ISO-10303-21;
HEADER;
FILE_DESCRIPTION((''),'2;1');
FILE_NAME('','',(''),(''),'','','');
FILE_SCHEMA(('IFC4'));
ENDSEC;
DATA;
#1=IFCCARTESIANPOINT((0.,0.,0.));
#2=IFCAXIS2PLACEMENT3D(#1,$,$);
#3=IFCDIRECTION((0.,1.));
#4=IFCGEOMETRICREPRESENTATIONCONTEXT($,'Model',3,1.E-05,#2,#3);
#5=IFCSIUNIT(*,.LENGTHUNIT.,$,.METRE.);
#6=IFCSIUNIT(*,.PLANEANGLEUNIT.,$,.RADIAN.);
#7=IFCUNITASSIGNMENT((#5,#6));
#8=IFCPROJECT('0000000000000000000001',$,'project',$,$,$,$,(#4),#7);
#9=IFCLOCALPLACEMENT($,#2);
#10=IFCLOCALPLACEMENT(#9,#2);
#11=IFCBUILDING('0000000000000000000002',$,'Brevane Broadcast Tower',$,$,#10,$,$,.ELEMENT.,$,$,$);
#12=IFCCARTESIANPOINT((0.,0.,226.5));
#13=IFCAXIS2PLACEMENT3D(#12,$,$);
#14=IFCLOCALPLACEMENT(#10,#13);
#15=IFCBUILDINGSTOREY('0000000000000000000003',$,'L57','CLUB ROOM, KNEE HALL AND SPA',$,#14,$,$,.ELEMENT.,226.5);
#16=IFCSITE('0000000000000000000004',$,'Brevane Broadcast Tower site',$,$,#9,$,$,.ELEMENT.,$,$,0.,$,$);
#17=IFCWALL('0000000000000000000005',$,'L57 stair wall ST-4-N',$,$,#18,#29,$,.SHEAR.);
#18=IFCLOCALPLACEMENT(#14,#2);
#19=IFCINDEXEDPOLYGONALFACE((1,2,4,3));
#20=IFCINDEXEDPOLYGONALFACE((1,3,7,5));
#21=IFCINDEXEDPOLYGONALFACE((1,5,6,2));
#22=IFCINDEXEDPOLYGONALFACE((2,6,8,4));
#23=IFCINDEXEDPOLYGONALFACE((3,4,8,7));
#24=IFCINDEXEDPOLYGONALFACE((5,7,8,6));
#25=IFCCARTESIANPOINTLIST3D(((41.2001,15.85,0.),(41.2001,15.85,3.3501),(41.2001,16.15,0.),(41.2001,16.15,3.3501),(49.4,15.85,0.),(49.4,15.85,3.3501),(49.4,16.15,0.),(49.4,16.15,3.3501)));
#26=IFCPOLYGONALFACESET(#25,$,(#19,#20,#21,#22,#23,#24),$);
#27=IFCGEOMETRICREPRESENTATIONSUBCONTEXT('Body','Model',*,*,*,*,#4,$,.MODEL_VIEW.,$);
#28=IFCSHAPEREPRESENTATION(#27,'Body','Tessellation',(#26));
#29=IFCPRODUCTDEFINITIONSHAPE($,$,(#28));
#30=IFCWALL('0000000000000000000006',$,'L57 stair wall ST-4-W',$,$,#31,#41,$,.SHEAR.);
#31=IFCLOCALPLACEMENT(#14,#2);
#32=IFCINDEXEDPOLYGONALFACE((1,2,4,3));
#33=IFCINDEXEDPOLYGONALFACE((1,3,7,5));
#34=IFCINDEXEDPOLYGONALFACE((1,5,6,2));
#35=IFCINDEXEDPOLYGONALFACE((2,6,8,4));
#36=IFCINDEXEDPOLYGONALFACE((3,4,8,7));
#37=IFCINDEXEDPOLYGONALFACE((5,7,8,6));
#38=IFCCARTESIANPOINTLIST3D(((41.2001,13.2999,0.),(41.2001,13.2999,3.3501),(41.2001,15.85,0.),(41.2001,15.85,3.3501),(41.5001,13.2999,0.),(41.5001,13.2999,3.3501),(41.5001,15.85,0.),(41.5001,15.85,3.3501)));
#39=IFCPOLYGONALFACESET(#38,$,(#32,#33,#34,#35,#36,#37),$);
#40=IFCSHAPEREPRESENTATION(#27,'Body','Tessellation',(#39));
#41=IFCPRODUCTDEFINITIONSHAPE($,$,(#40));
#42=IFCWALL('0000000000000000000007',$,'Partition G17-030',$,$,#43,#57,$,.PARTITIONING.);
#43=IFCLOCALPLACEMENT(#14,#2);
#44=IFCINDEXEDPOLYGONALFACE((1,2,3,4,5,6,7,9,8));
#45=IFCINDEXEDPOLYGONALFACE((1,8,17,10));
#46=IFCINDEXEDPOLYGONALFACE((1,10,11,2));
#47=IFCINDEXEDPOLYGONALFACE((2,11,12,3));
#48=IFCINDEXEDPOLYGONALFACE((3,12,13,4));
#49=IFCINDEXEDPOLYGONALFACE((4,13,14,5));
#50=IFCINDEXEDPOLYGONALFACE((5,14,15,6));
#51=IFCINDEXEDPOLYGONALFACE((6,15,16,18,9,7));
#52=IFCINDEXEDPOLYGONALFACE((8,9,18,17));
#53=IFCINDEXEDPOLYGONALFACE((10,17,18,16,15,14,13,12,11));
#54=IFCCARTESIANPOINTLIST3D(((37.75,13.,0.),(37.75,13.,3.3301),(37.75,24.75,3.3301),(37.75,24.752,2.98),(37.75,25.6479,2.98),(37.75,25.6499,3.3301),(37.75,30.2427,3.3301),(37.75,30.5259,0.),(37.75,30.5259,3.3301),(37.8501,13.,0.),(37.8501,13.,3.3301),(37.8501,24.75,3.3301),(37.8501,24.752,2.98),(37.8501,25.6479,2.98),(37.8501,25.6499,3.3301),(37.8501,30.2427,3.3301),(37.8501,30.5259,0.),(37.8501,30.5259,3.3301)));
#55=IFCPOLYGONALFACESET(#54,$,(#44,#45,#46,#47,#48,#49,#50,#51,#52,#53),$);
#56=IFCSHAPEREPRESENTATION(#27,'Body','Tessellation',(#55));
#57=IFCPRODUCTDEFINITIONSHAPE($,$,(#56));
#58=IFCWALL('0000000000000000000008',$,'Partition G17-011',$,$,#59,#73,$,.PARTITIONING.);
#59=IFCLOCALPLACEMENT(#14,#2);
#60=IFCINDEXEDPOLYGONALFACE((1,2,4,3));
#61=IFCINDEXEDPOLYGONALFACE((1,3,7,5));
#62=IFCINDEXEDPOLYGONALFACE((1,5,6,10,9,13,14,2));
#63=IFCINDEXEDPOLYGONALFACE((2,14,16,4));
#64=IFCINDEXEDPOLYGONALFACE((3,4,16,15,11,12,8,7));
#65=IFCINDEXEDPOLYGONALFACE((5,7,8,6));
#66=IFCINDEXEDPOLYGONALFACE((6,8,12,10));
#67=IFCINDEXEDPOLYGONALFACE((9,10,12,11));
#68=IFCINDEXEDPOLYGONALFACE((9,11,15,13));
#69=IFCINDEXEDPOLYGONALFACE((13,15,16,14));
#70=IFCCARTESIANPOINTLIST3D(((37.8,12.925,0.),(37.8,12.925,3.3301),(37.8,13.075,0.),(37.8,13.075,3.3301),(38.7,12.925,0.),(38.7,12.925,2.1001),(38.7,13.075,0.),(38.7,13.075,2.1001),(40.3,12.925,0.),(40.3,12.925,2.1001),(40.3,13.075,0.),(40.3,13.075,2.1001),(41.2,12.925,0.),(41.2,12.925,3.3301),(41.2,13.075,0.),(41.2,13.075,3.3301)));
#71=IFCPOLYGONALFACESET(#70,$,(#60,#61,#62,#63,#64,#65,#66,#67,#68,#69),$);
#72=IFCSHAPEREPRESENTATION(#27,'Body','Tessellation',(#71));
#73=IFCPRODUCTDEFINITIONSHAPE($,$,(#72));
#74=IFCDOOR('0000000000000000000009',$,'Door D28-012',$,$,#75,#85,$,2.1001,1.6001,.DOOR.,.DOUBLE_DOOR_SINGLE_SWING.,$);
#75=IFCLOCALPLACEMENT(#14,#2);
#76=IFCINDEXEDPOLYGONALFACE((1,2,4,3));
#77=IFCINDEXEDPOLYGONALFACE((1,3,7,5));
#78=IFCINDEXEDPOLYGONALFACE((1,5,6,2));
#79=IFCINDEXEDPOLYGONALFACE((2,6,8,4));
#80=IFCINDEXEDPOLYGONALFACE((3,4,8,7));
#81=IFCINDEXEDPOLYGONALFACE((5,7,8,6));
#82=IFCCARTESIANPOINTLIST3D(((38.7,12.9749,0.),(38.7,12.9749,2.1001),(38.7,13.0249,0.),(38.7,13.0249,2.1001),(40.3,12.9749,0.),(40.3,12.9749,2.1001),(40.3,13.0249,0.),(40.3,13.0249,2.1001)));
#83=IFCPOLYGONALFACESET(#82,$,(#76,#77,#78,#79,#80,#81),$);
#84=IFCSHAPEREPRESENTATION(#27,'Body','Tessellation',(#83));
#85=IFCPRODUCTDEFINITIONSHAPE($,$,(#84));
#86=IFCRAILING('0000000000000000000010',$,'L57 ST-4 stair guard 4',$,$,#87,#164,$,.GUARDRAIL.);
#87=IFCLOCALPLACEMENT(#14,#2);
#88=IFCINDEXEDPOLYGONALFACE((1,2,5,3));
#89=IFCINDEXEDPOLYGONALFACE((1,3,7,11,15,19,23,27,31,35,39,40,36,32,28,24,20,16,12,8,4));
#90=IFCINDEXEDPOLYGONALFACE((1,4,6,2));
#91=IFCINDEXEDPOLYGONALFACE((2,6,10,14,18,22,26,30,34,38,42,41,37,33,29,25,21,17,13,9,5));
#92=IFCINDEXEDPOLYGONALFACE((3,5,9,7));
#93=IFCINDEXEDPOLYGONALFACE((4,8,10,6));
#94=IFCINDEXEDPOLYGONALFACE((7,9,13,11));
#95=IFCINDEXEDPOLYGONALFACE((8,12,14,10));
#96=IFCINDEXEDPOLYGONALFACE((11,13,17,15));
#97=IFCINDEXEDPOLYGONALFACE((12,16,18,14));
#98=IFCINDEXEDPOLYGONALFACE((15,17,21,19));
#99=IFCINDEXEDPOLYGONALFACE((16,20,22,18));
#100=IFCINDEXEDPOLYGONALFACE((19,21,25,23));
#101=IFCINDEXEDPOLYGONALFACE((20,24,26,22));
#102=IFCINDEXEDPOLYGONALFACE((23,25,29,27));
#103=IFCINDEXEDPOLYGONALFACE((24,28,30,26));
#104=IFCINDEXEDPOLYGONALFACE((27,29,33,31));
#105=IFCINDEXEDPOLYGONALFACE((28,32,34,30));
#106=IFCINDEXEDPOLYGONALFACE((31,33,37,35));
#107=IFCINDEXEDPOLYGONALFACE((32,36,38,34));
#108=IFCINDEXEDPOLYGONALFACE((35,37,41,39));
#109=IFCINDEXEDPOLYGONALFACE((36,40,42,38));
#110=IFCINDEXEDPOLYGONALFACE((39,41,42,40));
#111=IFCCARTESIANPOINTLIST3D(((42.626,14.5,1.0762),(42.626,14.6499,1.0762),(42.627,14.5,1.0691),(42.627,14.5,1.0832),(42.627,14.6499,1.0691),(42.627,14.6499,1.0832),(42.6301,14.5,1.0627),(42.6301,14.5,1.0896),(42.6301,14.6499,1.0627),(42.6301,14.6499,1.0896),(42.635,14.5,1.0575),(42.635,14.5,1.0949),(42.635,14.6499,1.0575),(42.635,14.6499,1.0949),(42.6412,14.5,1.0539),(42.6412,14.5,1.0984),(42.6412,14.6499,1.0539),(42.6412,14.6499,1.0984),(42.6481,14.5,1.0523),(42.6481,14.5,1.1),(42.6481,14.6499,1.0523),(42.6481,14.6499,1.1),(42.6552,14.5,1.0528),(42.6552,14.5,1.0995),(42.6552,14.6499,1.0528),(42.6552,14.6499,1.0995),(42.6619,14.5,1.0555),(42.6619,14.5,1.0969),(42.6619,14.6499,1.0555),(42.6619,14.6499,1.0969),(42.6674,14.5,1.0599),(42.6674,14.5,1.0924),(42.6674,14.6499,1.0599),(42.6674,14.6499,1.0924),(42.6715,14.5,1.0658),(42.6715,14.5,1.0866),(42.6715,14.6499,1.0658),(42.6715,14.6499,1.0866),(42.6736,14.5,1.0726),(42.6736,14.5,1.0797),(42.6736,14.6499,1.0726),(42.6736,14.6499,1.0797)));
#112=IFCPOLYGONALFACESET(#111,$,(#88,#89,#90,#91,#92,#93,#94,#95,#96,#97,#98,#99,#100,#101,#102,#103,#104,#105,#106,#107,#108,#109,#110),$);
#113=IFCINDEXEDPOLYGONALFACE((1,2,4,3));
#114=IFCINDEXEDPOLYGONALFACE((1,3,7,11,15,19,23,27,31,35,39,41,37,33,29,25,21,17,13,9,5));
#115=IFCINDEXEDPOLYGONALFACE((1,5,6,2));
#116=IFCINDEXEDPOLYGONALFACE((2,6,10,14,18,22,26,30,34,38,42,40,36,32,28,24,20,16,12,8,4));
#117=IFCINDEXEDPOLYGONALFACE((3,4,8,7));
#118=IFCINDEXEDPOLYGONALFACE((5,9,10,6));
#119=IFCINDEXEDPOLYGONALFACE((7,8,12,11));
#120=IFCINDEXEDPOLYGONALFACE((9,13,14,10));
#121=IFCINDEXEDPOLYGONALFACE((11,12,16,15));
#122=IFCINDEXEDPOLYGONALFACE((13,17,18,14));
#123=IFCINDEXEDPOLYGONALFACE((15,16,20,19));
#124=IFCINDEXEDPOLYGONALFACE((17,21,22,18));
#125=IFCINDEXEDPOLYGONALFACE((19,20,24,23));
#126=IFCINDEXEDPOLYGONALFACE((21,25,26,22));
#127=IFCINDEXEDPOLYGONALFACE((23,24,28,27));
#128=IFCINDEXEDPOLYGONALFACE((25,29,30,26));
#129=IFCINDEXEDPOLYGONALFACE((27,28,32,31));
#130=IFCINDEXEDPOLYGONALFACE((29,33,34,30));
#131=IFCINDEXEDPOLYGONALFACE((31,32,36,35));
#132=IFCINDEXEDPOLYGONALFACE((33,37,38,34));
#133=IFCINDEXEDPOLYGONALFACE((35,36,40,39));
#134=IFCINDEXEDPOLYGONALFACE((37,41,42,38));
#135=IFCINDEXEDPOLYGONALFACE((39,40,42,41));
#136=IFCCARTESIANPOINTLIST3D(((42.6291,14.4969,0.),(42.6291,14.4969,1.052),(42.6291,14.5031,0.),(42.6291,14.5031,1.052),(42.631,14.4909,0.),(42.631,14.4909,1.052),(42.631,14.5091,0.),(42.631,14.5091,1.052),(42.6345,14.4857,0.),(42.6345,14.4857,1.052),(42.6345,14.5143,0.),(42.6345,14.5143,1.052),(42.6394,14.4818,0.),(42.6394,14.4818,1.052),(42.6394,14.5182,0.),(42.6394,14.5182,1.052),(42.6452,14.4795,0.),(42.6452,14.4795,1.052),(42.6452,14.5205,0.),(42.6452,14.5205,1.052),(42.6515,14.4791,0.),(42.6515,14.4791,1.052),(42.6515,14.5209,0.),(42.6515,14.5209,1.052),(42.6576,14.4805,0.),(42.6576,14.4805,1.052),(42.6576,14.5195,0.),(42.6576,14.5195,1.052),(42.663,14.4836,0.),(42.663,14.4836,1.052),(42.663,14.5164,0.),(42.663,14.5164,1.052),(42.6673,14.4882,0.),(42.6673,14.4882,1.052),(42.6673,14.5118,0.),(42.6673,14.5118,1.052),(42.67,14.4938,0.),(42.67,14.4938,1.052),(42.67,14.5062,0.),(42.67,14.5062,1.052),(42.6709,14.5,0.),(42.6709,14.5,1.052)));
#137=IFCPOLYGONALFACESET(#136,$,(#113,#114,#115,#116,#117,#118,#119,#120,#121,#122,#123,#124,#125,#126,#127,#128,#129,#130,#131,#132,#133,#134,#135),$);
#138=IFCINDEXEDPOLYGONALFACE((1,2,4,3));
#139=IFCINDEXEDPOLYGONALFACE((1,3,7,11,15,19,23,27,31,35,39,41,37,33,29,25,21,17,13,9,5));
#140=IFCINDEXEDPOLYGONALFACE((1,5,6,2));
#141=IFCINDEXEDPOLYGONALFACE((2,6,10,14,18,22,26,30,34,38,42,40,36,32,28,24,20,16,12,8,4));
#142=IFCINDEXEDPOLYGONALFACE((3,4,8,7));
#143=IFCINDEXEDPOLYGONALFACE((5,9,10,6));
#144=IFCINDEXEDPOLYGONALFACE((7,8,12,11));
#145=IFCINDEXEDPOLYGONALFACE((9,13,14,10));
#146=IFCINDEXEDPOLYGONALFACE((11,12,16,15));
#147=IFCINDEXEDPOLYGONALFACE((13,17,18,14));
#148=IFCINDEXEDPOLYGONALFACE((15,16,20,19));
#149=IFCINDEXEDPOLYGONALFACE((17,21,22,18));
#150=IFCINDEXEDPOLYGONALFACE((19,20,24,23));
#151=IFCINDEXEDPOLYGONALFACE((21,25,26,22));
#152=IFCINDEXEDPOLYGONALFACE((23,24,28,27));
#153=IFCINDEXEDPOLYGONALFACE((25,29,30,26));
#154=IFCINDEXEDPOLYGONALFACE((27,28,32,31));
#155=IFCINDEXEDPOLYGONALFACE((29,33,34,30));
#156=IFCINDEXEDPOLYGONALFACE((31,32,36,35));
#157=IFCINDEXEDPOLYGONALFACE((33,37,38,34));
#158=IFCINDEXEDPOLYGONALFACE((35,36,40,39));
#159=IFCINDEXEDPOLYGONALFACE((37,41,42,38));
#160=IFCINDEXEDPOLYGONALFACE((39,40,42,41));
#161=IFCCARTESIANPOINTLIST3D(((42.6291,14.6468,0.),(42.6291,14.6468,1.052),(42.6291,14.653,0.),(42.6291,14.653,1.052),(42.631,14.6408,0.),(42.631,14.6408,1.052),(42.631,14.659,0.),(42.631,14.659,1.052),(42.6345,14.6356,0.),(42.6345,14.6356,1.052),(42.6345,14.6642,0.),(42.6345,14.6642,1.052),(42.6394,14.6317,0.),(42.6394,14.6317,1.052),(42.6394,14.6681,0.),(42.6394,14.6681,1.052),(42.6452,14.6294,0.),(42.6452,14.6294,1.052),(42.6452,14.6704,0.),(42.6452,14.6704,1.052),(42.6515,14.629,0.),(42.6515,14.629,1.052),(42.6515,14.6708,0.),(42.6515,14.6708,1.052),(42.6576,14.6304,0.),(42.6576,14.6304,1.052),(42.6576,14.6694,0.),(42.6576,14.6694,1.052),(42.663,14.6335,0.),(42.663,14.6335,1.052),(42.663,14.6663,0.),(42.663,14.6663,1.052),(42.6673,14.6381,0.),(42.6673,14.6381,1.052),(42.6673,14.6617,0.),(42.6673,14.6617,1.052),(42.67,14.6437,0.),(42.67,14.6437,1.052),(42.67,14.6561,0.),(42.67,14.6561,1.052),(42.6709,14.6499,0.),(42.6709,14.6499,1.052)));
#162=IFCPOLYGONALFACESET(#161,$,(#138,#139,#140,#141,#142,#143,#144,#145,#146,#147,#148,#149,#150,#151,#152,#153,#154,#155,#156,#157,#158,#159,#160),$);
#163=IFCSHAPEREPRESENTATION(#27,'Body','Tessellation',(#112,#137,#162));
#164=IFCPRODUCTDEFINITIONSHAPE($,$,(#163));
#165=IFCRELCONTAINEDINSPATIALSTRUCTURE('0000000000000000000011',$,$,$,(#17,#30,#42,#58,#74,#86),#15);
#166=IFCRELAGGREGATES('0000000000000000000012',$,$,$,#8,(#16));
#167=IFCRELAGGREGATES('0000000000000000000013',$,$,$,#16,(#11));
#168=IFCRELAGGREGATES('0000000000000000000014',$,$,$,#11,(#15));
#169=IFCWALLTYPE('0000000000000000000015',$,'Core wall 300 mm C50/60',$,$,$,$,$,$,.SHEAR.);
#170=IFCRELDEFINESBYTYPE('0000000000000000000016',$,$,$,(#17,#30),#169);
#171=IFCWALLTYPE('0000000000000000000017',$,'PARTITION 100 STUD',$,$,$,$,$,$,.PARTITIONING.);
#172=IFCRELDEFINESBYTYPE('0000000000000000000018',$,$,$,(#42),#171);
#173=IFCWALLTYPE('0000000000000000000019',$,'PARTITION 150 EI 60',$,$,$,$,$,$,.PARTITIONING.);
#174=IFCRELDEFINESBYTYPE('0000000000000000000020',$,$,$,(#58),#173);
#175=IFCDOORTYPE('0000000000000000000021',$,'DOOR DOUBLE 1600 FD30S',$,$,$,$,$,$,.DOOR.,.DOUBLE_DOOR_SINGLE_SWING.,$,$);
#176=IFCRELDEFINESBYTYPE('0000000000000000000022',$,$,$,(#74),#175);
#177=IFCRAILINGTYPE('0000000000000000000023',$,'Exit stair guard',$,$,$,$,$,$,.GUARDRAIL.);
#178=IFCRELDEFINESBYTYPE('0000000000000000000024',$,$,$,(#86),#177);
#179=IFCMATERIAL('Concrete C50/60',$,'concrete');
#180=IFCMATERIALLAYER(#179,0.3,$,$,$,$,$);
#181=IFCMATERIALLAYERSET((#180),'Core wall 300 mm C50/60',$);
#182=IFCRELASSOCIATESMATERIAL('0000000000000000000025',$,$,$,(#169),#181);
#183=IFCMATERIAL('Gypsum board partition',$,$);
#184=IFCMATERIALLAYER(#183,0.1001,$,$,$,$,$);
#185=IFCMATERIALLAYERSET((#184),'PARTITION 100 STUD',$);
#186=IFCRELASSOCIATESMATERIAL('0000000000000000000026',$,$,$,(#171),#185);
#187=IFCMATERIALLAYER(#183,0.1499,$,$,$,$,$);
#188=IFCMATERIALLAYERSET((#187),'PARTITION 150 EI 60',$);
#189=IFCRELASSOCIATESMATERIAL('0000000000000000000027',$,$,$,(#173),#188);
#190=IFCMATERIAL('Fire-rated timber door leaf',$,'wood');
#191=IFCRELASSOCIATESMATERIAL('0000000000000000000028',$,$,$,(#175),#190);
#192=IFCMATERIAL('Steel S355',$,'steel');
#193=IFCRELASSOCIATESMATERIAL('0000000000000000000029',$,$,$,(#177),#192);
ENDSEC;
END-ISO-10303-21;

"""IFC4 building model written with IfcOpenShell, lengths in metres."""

from ifc_helpers import new_model, si_unit, direction, frame, frame_2d, origin, origin_2d, place, context, subcontext, project, spatial, polyline, rectangle, circle, outline, extrude, material, layer, layer_set, type_object, element, fill, save


model = new_model("IFC4")

# Units and contexts
model_context = context("Model", 3, precision=1e-05, world=origin(), true_north=direction((0.0, 1.0)))
body_context = subcontext(model_context, "Body", "Model", "MODEL_VIEW")
ifc_project = project(units=[si_unit("LENGTHUNIT", "METRE"), si_unit("PLANEANGLEUNIT", "RADIAN")], contexts=[model_context])

# Site, building, storey
site_placement = place(None, origin())
site = spatial("IfcSite", under=ifc_project, at=site_placement, Name="Brevane Broadcast Tower site", CompositionType="ELEMENT", RefElevation=0.0)
building_placement = place(site_placement, origin())
building = spatial("IfcBuilding", under=site, at=building_placement, Name="Brevane Broadcast Tower", CompositionType="ELEMENT")
storey_placement = place(building_placement, frame((0.0, 0.0, 226.5)))
storey = spatial("IfcBuildingStorey", under=building, at=storey_placement, Name="L57", Description="CLUB ROOM, KNEE HALL AND SPA", CompositionType="ELEMENT", Elevation=226.5)

# Shared definitions
ifc_material_1 = material(Name="Concrete C50/60", Category="concrete")

# Walls
ifc_layer_1 = layer(ifc_material_1, 0.3)
ifc_layer_set_1 = layer_set([ifc_layer_1], Name="Core wall 300 mm C50/60")
wall_type_1 = type_object("IfcWallType", Name="Core wall 300 mm C50/60", PredefinedType="SHEAR", material=ifc_layer_set_1)
wall_1_placement = place(storey_placement, frame((41.2, 16.0, 0.0), z_axis=(0.0, 0.0, 1.0), x_axis=(1.0, 0.0, 0.0)))
element("IfcWall", 1, at=wall_1_placement, inside=storey, type_object=wall_type_1, Name="L57 stair wall ST-4-N", PredefinedType="SHEAR", context=body_context, shape_type="SweptSolid", body=[
    extrude(rectangle(XDim=8.2, YDim=0.3, at=frame_2d((4.1001, 0.0))), origin(), (0.0, 0.0, 1.0), 3.3501),
])
wall_2_placement = place(storey_placement, frame((41.3501, 13.3, 0.0), z_axis=(0.0, 0.0, 1.0), x_axis=(0.0, 1.0, 0.0)))
element("IfcWall", 2, at=wall_2_placement, inside=storey, type_object=wall_type_1, Name="L57 stair wall ST-4-W", PredefinedType="SHEAR", context=body_context, shape_type="SweptSolid", body=[
    extrude(rectangle(XDim=2.55, YDim=0.3, at=frame_2d((1.2749, 0.0))), origin(), (0.0, 0.0, 1.0), 3.3501),
])
ifc_material_2 = material(Name="Gypsum board partition")
ifc_layer_2 = layer(ifc_material_2, 0.1001)
ifc_layer_set_2 = layer_set([ifc_layer_2], Name="PARTITION 100 STUD")
wall_type_2 = type_object("IfcWallType", Name="PARTITION 100 STUD", PredefinedType="PARTITIONING", material=ifc_layer_set_2)
wall_3_placement = place(storey_placement, frame((37.8, 30.5259, 0.0), z_axis=(0.0, 0.0, 1.0), x_axis=(0.0, -1.0, 0.0)))
element("IfcWall", 3, at=wall_3_placement, inside=storey, type_object=wall_type_2, Name="Partition G17-030", PredefinedType="PARTITIONING", context=body_context, shape_type="SweptSolid", body=[
    extrude(outline(polyline([(0.0, 0.0), (17.5259, 0.0), (17.5259, 3.3301), (5.7759, 3.3301), (5.7739, 2.98), (4.8779, 2.98), (4.876, 3.3301), (0.2832, 3.3301), (0.0, 3.3301), (0.0, 0.0)])), frame((0.0, 0.05, 0.0), z_axis=(0.0, -1.0, 0.0), x_axis=(1.0, 0.0, 0.0)), (0.0, 0.0, 1.0), 0.1001),
])

# Wall, opening, door
ifc_layer_3 = layer(ifc_material_2, 0.1499)
ifc_layer_set_3 = layer_set([ifc_layer_3], Name="PARTITION 150 EI 60")
wall_type_3 = type_object("IfcWallType", Name="PARTITION 150 EI 60", PredefinedType="PARTITIONING", material=ifc_layer_set_3)
wall_4_placement = place(storey_placement, frame((37.8, 13.0, 0.0), z_axis=(0.0, 0.0, 1.0), x_axis=(1.0, 0.0, 0.0)))
wall_4 = element("IfcWall", 4, at=wall_4_placement, inside=storey, type_object=wall_type_3, Name="Partition G17-011", PredefinedType="PARTITIONING", context=body_context, shape_type="SweptSolid", body=[
    extrude(rectangle(XDim=3.3999, YDim=0.1499, at=frame_2d((1.7, 0.0))), origin(), (0.0, 0.0, 1.0), 3.3301),
])
opening_placement = place(wall_4_placement, frame((0.8999, 0.0, 0.0)))
opening = element("IfcOpeningElement", 5, at=opening_placement, cuts=wall_4, PredefinedType="OPENING", context=body_context, shape_type="SweptSolid", body=[
    extrude(rectangle(XDim=1.6001, YDim=2.1001, at=frame_2d((0.8, 1.05))), frame((0.0, 0.085, 0.0), z_axis=(0.0, -1.0, 0.0), x_axis=(1.0, 0.0, 0.0)), (0.0, 0.0, 1.0), 0.1699),
])
ifc_material_3 = material(Name="Fire-rated timber door leaf", Category="wood")
door_type = type_object("IfcDoorType", Name="DOOR DOUBLE 1600 FD30S", OperationType="DOUBLE_DOOR_SINGLE_SWING", PredefinedType="DOOR", material=ifc_material_3)
door_placement = place(opening_placement, origin())
door = element("IfcDoor", 6, at=door_placement, inside=storey, type_object=door_type, Name="Door D28-012", OperationType="DOUBLE_DOOR_SINGLE_SWING", OverallHeight=2.1001, OverallWidth=1.6001, PredefinedType="DOOR", context=body_context, shape_type="SweptSolid", body=[
    extrude(rectangle(XDim=1.6001, YDim=2.1001, at=frame_2d((0.8, 1.05))), frame((0.0, 0.0249, 0.0), z_axis=(0.0, -1.0, 0.0), x_axis=(1.0, 0.0, 0.0)), (0.0, 0.0, 1.0), 0.05),
])
fill(opening, door)

# Railing
ifc_material_4 = material(Name="Steel S355", Category="steel")
railing_type_1 = type_object("IfcRailingType", Name="Exit stair guard", PredefinedType="GUARDRAIL", material=ifc_material_4)
railing_1_placement = place(storey_placement, frame((42.6499, 14.5, 0.0)))
element("IfcRailing", 7, at=railing_1_placement, inside=storey, type_object=railing_type_1, Name="L57 ST-4 stair guard 4", PredefinedType="GUARDRAIL", context=body_context, shape_type="SweptSolid", body=[
    extrude(circle(Radius=0.0239, at=origin_2d()), frame((0.0, 0.0, 1.0762), z_axis=(0.0, 1.0, 0.0), x_axis=(-1.0, 0.0, 0.0)), (0.0, 0.0, 1.0), 0.1499),
    extrude(circle(Radius=0.021, at=origin_2d()), origin(), (0.0, 0.0, 1.0), 1.052),
    extrude(circle(Radius=0.021, at=origin_2d()), frame((0.0, 0.1499, 0.0)), (0.0, 0.0, 1.0), 1.052),
])

save(model, "model.ifc")
